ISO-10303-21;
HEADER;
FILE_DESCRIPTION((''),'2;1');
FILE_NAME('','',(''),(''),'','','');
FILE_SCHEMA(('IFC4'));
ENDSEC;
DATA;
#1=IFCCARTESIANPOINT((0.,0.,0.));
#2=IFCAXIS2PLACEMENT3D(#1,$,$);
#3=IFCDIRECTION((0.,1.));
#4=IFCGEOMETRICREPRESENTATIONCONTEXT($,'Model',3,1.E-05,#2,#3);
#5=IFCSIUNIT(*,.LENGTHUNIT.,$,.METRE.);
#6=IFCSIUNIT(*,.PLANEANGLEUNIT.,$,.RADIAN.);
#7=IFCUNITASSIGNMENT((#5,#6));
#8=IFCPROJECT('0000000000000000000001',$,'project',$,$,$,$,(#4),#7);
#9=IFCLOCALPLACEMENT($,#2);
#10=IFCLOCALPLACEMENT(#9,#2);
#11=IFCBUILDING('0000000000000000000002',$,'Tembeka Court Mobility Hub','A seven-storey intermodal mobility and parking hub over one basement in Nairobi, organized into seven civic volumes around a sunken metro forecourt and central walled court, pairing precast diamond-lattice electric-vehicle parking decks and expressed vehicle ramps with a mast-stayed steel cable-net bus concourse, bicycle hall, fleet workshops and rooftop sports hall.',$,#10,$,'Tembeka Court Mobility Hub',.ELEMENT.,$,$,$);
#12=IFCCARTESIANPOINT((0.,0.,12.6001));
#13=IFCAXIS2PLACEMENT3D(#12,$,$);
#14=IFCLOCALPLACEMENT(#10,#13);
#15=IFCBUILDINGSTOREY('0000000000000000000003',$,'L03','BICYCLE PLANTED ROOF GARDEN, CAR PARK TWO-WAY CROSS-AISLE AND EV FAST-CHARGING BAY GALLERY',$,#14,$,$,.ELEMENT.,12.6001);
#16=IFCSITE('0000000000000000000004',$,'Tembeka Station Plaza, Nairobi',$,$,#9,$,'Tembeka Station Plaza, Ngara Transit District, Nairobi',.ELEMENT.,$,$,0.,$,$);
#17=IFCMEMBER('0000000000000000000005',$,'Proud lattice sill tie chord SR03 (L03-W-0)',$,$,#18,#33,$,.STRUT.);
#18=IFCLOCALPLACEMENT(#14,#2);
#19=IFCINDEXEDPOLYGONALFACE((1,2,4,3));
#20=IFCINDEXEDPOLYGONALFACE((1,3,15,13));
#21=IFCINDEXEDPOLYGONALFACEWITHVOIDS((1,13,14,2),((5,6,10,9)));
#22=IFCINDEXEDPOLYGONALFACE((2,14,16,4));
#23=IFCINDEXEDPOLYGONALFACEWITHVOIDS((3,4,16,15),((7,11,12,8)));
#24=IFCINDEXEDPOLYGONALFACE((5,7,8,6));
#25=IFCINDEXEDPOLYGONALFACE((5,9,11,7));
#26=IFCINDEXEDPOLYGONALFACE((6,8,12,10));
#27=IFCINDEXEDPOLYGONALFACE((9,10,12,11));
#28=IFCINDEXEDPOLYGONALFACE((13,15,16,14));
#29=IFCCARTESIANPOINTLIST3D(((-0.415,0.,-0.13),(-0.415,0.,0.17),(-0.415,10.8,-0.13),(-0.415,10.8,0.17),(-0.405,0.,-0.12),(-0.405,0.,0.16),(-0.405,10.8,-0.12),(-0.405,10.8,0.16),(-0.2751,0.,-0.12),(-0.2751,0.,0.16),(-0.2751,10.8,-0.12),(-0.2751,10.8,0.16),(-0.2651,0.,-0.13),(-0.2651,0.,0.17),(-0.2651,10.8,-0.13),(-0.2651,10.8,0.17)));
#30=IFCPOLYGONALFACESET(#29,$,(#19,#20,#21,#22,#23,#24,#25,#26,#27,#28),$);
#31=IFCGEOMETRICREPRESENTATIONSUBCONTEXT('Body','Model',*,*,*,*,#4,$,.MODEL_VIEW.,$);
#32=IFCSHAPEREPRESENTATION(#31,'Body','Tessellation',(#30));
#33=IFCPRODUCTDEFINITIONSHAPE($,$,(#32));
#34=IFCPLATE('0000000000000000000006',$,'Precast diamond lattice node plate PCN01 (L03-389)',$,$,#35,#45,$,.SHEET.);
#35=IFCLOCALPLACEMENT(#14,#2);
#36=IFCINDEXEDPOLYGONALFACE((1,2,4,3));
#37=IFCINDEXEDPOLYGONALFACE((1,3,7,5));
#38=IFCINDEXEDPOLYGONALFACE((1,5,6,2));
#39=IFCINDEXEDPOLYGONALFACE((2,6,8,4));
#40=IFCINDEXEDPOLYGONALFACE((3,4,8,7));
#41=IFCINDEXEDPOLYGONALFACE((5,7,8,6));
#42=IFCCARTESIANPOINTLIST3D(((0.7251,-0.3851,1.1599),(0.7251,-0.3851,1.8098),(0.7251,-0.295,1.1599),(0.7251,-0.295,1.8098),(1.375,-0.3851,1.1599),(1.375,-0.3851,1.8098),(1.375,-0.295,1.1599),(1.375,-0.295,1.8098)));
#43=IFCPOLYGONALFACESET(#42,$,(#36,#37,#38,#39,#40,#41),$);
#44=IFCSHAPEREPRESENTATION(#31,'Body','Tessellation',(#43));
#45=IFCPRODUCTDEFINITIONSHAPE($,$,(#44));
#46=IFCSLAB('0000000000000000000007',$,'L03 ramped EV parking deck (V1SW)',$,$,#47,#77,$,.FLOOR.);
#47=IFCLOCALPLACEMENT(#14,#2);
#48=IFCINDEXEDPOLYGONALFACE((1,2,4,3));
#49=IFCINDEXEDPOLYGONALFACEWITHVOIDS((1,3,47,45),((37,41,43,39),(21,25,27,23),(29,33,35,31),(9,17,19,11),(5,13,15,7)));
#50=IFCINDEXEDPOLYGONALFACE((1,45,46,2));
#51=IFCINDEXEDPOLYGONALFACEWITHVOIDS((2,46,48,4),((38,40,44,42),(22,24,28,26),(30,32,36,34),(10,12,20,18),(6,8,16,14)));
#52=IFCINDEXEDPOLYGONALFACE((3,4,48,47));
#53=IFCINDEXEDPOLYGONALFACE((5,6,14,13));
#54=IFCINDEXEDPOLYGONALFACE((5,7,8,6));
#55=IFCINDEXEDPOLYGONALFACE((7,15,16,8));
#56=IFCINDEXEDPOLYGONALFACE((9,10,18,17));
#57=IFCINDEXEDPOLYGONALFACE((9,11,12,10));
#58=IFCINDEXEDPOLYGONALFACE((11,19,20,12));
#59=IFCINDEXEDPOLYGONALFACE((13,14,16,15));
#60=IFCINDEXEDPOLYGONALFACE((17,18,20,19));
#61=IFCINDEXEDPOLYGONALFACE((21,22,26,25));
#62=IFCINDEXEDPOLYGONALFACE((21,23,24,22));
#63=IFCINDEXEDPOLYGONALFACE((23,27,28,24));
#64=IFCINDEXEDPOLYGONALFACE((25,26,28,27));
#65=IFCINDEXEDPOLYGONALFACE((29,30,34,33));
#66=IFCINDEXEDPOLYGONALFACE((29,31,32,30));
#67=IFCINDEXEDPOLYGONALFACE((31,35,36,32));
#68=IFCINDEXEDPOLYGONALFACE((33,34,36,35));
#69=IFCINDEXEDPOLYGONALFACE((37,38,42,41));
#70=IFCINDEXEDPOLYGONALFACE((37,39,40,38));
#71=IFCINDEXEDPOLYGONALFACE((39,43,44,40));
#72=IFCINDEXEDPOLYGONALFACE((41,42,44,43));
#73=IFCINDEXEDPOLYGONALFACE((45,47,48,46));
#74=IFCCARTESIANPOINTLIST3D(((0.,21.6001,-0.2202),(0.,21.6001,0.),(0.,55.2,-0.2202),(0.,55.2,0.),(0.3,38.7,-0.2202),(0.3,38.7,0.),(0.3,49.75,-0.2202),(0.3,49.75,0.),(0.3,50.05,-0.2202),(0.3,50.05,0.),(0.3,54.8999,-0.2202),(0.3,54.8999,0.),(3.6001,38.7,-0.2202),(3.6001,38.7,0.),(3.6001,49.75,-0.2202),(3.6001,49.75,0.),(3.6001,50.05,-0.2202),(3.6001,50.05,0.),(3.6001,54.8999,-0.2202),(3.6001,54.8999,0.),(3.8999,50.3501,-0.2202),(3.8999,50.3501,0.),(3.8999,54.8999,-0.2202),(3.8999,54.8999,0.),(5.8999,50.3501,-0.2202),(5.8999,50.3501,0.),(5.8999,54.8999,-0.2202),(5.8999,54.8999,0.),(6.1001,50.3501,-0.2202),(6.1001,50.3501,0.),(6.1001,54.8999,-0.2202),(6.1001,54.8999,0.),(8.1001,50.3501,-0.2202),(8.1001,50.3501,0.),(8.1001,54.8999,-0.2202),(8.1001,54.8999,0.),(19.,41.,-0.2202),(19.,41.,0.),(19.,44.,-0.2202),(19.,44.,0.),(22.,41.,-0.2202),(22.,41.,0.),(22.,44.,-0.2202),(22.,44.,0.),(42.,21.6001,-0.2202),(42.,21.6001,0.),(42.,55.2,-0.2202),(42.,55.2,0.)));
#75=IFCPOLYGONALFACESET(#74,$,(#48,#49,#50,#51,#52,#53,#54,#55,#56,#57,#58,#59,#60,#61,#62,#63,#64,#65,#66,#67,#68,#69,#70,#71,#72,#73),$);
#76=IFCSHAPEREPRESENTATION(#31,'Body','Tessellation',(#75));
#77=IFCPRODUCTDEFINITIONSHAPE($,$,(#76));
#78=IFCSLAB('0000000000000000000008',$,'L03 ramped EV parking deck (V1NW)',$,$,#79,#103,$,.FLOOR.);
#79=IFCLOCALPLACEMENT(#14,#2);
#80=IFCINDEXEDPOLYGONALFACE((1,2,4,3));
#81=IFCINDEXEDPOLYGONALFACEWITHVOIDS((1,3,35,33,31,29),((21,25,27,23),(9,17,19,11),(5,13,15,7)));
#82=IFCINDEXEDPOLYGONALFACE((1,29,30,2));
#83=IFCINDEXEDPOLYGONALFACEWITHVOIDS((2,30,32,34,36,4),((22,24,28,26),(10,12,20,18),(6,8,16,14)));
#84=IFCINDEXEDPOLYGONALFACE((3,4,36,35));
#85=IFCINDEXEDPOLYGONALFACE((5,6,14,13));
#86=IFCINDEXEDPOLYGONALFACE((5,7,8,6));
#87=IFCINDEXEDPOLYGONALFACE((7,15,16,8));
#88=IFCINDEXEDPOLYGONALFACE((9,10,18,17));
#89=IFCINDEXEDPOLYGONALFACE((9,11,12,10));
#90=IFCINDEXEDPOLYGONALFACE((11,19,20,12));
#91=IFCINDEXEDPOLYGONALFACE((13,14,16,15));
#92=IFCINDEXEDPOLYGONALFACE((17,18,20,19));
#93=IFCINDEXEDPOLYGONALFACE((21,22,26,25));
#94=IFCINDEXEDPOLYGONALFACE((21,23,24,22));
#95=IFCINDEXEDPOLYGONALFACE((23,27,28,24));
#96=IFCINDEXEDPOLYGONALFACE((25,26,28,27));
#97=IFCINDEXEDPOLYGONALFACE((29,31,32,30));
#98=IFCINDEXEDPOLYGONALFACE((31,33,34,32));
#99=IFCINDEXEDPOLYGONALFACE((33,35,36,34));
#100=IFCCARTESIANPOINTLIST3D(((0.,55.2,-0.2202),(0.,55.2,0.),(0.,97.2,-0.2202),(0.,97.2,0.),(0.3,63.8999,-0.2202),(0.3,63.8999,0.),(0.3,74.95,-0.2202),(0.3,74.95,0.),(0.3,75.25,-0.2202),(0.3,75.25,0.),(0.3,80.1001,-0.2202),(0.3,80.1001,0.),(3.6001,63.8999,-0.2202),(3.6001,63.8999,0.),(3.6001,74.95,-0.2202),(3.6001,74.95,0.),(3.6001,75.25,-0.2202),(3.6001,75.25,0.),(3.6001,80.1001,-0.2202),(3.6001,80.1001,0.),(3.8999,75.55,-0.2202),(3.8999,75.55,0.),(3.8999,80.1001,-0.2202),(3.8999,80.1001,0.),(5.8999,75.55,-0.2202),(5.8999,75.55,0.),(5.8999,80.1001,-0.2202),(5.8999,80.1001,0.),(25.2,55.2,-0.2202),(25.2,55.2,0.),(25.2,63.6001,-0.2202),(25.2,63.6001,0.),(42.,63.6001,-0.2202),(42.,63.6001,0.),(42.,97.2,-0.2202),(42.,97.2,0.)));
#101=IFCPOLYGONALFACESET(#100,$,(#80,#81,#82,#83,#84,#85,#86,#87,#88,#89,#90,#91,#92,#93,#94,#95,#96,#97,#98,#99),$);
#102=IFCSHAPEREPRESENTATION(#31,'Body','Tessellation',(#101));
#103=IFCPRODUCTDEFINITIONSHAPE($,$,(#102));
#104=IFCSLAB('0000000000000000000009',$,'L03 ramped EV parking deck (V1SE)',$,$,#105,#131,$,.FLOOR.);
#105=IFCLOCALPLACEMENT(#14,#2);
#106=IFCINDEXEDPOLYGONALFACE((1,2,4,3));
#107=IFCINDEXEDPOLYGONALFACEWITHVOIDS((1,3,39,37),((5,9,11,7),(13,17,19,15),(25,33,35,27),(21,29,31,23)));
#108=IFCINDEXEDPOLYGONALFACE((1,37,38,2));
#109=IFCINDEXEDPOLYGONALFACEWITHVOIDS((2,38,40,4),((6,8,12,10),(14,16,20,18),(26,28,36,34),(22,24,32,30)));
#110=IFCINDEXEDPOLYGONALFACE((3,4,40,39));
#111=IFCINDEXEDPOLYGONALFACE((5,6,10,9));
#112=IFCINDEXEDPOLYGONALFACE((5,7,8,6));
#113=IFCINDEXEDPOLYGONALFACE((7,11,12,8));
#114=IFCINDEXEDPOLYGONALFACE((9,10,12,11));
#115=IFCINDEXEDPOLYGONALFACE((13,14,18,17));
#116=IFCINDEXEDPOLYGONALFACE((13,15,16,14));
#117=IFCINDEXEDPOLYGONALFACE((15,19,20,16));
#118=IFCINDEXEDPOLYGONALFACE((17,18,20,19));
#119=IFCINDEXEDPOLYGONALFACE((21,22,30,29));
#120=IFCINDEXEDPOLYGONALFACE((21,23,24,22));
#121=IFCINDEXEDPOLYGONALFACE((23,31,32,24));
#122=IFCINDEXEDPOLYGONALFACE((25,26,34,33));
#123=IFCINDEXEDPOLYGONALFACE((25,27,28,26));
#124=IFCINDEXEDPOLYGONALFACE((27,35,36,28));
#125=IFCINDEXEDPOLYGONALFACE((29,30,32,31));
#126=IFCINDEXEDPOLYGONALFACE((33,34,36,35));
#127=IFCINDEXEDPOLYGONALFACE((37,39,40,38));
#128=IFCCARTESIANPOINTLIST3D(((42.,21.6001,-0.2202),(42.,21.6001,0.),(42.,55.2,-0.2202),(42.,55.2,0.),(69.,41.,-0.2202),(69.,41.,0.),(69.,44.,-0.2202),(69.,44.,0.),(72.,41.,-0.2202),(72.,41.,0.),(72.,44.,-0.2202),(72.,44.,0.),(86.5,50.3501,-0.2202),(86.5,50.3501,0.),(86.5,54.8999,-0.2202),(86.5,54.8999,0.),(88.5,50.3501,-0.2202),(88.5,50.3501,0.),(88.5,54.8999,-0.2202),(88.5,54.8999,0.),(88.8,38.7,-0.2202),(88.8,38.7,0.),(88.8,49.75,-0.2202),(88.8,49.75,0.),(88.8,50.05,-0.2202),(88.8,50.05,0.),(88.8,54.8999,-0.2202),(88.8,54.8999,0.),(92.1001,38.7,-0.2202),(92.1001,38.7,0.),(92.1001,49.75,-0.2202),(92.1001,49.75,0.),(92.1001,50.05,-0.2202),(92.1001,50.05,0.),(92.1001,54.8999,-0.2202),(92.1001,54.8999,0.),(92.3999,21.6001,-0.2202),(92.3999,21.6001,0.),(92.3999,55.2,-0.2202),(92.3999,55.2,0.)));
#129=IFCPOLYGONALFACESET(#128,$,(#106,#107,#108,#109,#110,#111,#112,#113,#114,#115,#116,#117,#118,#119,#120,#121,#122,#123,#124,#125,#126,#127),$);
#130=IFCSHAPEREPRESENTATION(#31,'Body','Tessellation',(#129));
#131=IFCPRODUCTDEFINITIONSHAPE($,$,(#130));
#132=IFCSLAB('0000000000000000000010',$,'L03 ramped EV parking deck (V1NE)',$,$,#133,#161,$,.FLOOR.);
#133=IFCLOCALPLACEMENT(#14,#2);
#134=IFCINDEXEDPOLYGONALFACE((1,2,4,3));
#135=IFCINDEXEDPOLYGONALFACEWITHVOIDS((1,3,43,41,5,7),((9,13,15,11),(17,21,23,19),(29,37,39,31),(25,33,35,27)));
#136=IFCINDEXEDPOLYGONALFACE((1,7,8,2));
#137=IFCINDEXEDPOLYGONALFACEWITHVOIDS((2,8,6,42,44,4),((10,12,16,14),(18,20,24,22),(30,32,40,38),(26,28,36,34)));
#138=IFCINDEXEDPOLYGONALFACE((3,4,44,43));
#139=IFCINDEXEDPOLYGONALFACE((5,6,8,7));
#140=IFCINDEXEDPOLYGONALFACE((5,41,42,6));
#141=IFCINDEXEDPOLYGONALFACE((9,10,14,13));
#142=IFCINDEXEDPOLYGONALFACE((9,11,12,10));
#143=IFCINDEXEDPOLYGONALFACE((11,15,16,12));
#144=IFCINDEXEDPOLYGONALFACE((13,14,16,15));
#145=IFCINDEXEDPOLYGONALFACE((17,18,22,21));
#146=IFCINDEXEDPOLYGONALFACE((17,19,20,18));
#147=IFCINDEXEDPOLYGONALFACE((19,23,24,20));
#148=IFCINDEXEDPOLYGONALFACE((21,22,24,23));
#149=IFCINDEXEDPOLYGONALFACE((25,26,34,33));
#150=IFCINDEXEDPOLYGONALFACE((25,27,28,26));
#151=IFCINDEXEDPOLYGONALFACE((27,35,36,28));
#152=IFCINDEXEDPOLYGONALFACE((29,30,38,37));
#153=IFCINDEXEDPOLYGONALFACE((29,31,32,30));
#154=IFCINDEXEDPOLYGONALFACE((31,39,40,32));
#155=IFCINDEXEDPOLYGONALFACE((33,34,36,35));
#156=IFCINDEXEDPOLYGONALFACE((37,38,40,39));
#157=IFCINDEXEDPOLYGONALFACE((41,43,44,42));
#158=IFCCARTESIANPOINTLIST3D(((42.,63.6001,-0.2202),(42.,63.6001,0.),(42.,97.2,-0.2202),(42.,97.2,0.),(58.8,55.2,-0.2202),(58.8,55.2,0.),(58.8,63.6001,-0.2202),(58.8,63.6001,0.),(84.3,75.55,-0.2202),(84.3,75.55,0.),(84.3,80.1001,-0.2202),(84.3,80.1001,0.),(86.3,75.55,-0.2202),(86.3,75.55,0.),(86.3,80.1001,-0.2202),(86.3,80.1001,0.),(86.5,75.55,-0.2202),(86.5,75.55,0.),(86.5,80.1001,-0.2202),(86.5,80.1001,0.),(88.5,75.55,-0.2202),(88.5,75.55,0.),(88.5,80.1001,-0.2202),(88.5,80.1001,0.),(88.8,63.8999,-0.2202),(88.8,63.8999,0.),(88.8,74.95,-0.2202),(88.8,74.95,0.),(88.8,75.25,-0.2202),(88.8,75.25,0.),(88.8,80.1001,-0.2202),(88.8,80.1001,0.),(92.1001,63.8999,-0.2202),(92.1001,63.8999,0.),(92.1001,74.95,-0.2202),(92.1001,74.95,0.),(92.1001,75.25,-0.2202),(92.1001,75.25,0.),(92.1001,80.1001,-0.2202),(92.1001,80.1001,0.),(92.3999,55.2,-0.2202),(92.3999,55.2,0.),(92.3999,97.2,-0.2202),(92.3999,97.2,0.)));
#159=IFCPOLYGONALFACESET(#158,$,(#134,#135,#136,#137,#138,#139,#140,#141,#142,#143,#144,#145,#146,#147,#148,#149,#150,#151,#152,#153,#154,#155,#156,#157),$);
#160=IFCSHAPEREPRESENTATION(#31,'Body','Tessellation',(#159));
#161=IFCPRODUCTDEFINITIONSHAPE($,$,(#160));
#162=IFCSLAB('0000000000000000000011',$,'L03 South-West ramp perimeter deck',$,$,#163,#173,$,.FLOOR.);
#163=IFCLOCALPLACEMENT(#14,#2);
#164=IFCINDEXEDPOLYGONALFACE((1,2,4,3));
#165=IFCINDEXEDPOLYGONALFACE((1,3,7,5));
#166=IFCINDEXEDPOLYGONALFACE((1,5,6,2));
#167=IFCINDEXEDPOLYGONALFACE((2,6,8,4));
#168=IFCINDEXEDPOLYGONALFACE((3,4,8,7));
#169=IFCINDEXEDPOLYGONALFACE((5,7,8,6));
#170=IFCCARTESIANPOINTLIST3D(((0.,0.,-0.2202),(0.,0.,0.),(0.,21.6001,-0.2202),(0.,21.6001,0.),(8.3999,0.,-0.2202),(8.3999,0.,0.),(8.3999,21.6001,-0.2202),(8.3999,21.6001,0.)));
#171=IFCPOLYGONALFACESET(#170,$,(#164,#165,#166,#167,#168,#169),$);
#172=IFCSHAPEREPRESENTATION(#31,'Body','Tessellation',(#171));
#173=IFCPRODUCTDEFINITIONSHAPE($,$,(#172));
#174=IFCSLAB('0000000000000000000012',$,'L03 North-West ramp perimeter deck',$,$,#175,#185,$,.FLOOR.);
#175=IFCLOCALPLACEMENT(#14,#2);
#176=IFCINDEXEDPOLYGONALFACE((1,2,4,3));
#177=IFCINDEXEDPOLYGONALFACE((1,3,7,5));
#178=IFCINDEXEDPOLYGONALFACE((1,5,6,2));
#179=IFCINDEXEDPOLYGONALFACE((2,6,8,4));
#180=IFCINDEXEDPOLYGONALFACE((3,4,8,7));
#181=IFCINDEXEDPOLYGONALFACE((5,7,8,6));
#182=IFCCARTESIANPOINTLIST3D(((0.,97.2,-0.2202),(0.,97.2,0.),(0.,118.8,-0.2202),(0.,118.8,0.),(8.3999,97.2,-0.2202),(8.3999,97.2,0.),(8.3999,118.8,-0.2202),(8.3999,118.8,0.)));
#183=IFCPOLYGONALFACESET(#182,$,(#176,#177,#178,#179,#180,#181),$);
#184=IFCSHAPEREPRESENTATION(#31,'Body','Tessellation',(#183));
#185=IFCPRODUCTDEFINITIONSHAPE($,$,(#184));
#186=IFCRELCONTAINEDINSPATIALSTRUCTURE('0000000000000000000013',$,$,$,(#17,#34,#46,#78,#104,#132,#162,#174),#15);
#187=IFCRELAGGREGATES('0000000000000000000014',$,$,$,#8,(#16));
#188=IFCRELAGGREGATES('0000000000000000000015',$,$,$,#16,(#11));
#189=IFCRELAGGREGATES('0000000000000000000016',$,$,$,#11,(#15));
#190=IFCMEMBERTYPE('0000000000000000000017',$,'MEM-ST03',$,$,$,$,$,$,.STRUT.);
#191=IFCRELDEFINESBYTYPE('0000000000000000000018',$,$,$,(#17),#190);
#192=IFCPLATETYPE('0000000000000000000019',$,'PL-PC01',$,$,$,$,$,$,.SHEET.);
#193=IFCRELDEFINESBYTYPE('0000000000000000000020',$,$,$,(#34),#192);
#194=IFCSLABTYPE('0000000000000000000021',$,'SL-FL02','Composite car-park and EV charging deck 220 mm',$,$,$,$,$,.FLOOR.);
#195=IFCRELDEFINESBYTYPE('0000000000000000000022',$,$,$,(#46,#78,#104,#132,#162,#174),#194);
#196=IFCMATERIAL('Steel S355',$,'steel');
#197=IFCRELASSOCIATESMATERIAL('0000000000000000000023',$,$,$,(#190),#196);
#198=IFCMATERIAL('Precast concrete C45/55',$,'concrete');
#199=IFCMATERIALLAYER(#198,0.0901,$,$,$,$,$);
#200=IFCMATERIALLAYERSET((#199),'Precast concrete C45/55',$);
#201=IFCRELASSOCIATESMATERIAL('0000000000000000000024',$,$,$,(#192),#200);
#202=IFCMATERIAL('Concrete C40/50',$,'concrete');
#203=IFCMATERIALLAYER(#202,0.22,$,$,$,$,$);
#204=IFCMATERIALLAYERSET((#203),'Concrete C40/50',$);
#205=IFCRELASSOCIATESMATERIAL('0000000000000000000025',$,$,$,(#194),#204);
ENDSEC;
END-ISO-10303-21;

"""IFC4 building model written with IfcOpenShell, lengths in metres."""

from ifc_helpers import new_model, si_unit, direction, frame, origin, origin_2d, place, context, subcontext, project, spatial, polyline, rectangle, hollow_rectangle, outline, extrude, material, layer, layer_set, material_profile, profile_set, type_object, element, save


model = new_model("IFC4")

# Units and contexts
model_context = context("Model", 3, precision=1e-05, world=origin(), true_north=direction((0.0, 1.0)))
body_context = subcontext(model_context, "Body", "Model", "MODEL_VIEW")
ifc_project = project(units=[si_unit("LENGTHUNIT", "METRE"), si_unit("PLANEANGLEUNIT", "RADIAN")], contexts=[model_context])

# Site, building, storey
site_placement = place(None, origin())
site = spatial("IfcSite", under=ifc_project, at=site_placement, Name="Tembeka Station Plaza, Nairobi", LongName="Tembeka Station Plaza, Ngara Transit District, Nairobi", CompositionType="ELEMENT", RefElevation=0.0)
building_placement = place(site_placement, origin())
building = spatial("IfcBuilding", under=site, at=building_placement, Name="Tembeka Court Mobility Hub", Description="A seven-storey intermodal mobility and parking hub over one basement in Nairobi, organized into seven civic volumes around a sunken metro forecourt and central walled court, pairing precast diamond-lattice electric-vehicle parking decks and expressed vehicle ramps with a mast-stayed steel cable-net bus concourse, bicycle hall, fleet workshops and rooftop sports hall.", LongName="Tembeka Court Mobility Hub", CompositionType="ELEMENT")
storey_placement = place(building_placement, frame((0.0, 0.0, 12.6001)))
storey = spatial("IfcBuildingStorey", under=building, at=storey_placement, Name="L03", Description="BICYCLE PLANTED ROOF GARDEN, CAR PARK TWO-WAY CROSS-AISLE AND EV FAST-CHARGING BAY GALLERY", CompositionType="ELEMENT", Elevation=12.6001)

# Shared definitions
ifc_material_1 = material(Name="Steel S355", Category="steel")

# Shared definitions
ifc_material_2 = material(Name="Precast concrete C45/55", Category="concrete")

# Member
ifc_material_profile_1 = material_profile(ifc_material_1, hollow_rectangle(XDim=0.1499, YDim=0.3, WallThickness=0.01, at=origin_2d()), Name="RHS 300x150x10")
ifc_profile_set_1 = profile_set([ifc_material_profile_1], Name="Steel S355")
member_type_1 = type_object("IfcMemberType", Name="MEM-ST03", PredefinedType="STRUT", material=ifc_profile_set_1)
member_1_placement = place(storey_placement, frame((-0.3401, 0.0, 0.02), z_axis=(0.0, 1.0, 0.0), x_axis=(-1.0, 0.0, 0.0)))
element("IfcMember", 1, at=member_1_placement, inside=storey, type_object=member_type_1, Name="Proud lattice sill tie chord SR03 (L03-W-0)", PredefinedType="STRUT", context=body_context, shape_type="SweptSolid", body=[
    extrude(hollow_rectangle(XDim=0.1499, YDim=0.3, WallThickness=0.01, at=origin_2d()), origin(), (0.0, 0.0, 1.0), 10.8),
])

# Plate
ifc_layer_1 = layer(ifc_material_2, 0.0901)
ifc_layer_set_1 = layer_set([ifc_layer_1], Name="Precast concrete C45/55")
plate_type = type_object("IfcPlateType", Name="PL-PC01", PredefinedType="SHEET", material=ifc_layer_set_1)
plate_placement = place(storey_placement, frame((1.05, -0.3401, 1.1599), z_axis=(0.0, 0.0, 1.0), x_axis=(1.0, 0.0, 0.0)))
element("IfcPlate", 2, at=plate_placement, inside=storey, type_object=plate_type, Name="Precast diamond lattice node plate PCN01 (L03-389)", PredefinedType="SHEET", context=body_context, shape_type="SweptSolid", body=[
    extrude(rectangle(XDim=0.6499, YDim=0.0901, at=origin_2d()), origin(), (0.0, 0.0, 1.0), 0.6499),
])

# Slabs
ifc_material_3 = material(Name="Concrete C40/50", Category="concrete")
ifc_layer_2 = layer(ifc_material_3, 0.22)
ifc_layer_set_2 = layer_set([ifc_layer_2], Name="Concrete C40/50")
slab_type_1 = type_object("IfcSlabType", Name="SL-FL02", Description="Composite car-park and EV charging deck 220 mm", PredefinedType="FLOOR", material=ifc_layer_set_2)
slab_1_placement = place(storey_placement, frame((0.0, 0.0, -0.2202)))
element("IfcSlab", 3, at=slab_1_placement, inside=storey, type_object=slab_type_1, Name="L03 ramped EV parking deck (V1SW)", PredefinedType="FLOOR", context=body_context, shape_type="SweptSolid", body=[
    extrude(outline(polyline([(0.0, 21.6001), (42.0, 21.6001), (42.0, 55.2), (0.0, 55.2), (0.0, 21.6001)]), holes=[polyline([(0.3, 49.75), (3.6001, 49.75), (3.6001, 38.7), (0.3, 38.7), (0.3, 49.75)]), polyline([(3.8999, 54.8999), (5.8999, 54.8999), (5.8999, 50.3501), (3.8999, 50.3501), (3.8999, 54.8999)]), polyline([(6.1001, 54.8999), (8.1001, 54.8999), (8.1001, 50.3501), (6.1001, 50.3501), (6.1001, 54.8999)]), polyline([(0.3, 54.8999), (3.6001, 54.8999), (3.6001, 50.05), (0.3, 50.05), (0.3, 54.8999)]), polyline([(19.0, 44.0), (22.0, 44.0), (22.0, 41.0), (19.0, 41.0), (19.0, 44.0)])]), origin(), (0.0, 0.0, 1.0), 0.2202),
])
slab_2_placement = place(storey_placement, frame((0.0, 0.0, -0.2202)))
element("IfcSlab", 4, at=slab_2_placement, inside=storey, type_object=slab_type_1, Name="L03 ramped EV parking deck (V1NW)", PredefinedType="FLOOR", context=body_context, shape_type="SweptSolid", body=[
    extrude(outline(polyline([(0.0, 55.2), (25.2, 55.2), (25.2, 63.6001), (42.0, 63.6001), (42.0, 97.2), (0.0, 97.2), (0.0, 55.2)]), holes=[polyline([(0.3, 74.95), (3.6001, 74.95), (3.6001, 63.8999), (0.3, 63.8999), (0.3, 74.95)]), polyline([(3.8999, 80.1001), (5.8999, 80.1001), (5.8999, 75.55), (3.8999, 75.55), (3.8999, 80.1001)]), polyline([(0.3, 80.1001), (3.6001, 80.1001), (3.6001, 75.25), (0.3, 75.25), (0.3, 80.1001)])]), origin(), (0.0, 0.0, 1.0), 0.2202),
])
slab_3_placement = place(storey_placement, frame((0.0, 0.0, -0.2202)))
element("IfcSlab", 5, at=slab_3_placement, inside=storey, type_object=slab_type_1, Name="L03 ramped EV parking deck (V1SE)", PredefinedType="FLOOR", context=body_context, shape_type="SweptSolid", body=[
    extrude(outline(polyline([(42.0, 21.6001), (92.3999, 21.6001), (92.3999, 55.2), (42.0, 55.2), (42.0, 21.6001)]), holes=[polyline([(88.8, 49.75), (92.1001, 49.75), (92.1001, 38.7), (88.8, 38.7), (88.8, 49.75)]), polyline([(86.5, 54.8999), (88.5, 54.8999), (88.5, 50.3501), (86.5, 50.3501), (86.5, 54.8999)]), polyline([(88.8, 54.8999), (92.1001, 54.8999), (92.1001, 50.05), (88.8, 50.05), (88.8, 54.8999)]), polyline([(69.0, 44.0), (72.0, 44.0), (72.0, 41.0), (69.0, 41.0), (69.0, 44.0)])]), origin(), (0.0, 0.0, 1.0), 0.2202),
])
slab_4_placement = place(storey_placement, frame((0.0, 0.0, -0.2202)))
element("IfcSlab", 6, at=slab_4_placement, inside=storey, type_object=slab_type_1, Name="L03 ramped EV parking deck (V1NE)", PredefinedType="FLOOR", context=body_context, shape_type="SweptSolid", body=[
    extrude(outline(polyline([(42.0, 63.6001), (58.8, 63.6001), (58.8, 55.2), (92.3999, 55.2), (92.3999, 97.2), (42.0, 97.2), (42.0, 63.6001)]), holes=[polyline([(88.8, 74.95), (92.1001, 74.95), (92.1001, 63.8999), (88.8, 63.8999), (88.8, 74.95)]), polyline([(84.3, 80.1001), (86.3, 80.1001), (86.3, 75.55), (84.3, 75.55), (84.3, 80.1001)]), polyline([(86.5, 80.1001), (88.5, 80.1001), (88.5, 75.55), (86.5, 75.55), (86.5, 80.1001)]), polyline([(88.8, 80.1001), (92.1001, 80.1001), (92.1001, 75.25), (88.8, 75.25), (88.8, 80.1001)])]), origin(), (0.0, 0.0, 1.0), 0.2202),
])
slab_5_placement = place(storey_placement, frame((0.0, 0.0, -0.2202)))
element("IfcSlab", 7, at=slab_5_placement, inside=storey, type_object=slab_type_1, Name="L03 South-West ramp perimeter deck", PredefinedType="FLOOR", context=body_context, shape_type="SweptSolid", body=[
    extrude(outline(polyline([(0.0, 0.0), (8.3999, 0.0), (8.3999, 21.6001), (0.0, 21.6001), (0.0, 0.0)])), origin(), (0.0, 0.0, 1.0), 0.2202),
])
slab_6_placement = place(storey_placement, frame((0.0, 0.0, -0.2202)))
element("IfcSlab", 8, at=slab_6_placement, inside=storey, type_object=slab_type_1, Name="L03 North-West ramp perimeter deck", PredefinedType="FLOOR", context=body_context, shape_type="SweptSolid", body=[
    extrude(outline(polyline([(0.0, 97.2), (8.3999, 97.2), (8.3999, 118.8), (0.0, 118.8), (0.0, 97.2)])), origin(), (0.0, 0.0, 1.0), 0.2202),
])

save(model, "model.ifc")
